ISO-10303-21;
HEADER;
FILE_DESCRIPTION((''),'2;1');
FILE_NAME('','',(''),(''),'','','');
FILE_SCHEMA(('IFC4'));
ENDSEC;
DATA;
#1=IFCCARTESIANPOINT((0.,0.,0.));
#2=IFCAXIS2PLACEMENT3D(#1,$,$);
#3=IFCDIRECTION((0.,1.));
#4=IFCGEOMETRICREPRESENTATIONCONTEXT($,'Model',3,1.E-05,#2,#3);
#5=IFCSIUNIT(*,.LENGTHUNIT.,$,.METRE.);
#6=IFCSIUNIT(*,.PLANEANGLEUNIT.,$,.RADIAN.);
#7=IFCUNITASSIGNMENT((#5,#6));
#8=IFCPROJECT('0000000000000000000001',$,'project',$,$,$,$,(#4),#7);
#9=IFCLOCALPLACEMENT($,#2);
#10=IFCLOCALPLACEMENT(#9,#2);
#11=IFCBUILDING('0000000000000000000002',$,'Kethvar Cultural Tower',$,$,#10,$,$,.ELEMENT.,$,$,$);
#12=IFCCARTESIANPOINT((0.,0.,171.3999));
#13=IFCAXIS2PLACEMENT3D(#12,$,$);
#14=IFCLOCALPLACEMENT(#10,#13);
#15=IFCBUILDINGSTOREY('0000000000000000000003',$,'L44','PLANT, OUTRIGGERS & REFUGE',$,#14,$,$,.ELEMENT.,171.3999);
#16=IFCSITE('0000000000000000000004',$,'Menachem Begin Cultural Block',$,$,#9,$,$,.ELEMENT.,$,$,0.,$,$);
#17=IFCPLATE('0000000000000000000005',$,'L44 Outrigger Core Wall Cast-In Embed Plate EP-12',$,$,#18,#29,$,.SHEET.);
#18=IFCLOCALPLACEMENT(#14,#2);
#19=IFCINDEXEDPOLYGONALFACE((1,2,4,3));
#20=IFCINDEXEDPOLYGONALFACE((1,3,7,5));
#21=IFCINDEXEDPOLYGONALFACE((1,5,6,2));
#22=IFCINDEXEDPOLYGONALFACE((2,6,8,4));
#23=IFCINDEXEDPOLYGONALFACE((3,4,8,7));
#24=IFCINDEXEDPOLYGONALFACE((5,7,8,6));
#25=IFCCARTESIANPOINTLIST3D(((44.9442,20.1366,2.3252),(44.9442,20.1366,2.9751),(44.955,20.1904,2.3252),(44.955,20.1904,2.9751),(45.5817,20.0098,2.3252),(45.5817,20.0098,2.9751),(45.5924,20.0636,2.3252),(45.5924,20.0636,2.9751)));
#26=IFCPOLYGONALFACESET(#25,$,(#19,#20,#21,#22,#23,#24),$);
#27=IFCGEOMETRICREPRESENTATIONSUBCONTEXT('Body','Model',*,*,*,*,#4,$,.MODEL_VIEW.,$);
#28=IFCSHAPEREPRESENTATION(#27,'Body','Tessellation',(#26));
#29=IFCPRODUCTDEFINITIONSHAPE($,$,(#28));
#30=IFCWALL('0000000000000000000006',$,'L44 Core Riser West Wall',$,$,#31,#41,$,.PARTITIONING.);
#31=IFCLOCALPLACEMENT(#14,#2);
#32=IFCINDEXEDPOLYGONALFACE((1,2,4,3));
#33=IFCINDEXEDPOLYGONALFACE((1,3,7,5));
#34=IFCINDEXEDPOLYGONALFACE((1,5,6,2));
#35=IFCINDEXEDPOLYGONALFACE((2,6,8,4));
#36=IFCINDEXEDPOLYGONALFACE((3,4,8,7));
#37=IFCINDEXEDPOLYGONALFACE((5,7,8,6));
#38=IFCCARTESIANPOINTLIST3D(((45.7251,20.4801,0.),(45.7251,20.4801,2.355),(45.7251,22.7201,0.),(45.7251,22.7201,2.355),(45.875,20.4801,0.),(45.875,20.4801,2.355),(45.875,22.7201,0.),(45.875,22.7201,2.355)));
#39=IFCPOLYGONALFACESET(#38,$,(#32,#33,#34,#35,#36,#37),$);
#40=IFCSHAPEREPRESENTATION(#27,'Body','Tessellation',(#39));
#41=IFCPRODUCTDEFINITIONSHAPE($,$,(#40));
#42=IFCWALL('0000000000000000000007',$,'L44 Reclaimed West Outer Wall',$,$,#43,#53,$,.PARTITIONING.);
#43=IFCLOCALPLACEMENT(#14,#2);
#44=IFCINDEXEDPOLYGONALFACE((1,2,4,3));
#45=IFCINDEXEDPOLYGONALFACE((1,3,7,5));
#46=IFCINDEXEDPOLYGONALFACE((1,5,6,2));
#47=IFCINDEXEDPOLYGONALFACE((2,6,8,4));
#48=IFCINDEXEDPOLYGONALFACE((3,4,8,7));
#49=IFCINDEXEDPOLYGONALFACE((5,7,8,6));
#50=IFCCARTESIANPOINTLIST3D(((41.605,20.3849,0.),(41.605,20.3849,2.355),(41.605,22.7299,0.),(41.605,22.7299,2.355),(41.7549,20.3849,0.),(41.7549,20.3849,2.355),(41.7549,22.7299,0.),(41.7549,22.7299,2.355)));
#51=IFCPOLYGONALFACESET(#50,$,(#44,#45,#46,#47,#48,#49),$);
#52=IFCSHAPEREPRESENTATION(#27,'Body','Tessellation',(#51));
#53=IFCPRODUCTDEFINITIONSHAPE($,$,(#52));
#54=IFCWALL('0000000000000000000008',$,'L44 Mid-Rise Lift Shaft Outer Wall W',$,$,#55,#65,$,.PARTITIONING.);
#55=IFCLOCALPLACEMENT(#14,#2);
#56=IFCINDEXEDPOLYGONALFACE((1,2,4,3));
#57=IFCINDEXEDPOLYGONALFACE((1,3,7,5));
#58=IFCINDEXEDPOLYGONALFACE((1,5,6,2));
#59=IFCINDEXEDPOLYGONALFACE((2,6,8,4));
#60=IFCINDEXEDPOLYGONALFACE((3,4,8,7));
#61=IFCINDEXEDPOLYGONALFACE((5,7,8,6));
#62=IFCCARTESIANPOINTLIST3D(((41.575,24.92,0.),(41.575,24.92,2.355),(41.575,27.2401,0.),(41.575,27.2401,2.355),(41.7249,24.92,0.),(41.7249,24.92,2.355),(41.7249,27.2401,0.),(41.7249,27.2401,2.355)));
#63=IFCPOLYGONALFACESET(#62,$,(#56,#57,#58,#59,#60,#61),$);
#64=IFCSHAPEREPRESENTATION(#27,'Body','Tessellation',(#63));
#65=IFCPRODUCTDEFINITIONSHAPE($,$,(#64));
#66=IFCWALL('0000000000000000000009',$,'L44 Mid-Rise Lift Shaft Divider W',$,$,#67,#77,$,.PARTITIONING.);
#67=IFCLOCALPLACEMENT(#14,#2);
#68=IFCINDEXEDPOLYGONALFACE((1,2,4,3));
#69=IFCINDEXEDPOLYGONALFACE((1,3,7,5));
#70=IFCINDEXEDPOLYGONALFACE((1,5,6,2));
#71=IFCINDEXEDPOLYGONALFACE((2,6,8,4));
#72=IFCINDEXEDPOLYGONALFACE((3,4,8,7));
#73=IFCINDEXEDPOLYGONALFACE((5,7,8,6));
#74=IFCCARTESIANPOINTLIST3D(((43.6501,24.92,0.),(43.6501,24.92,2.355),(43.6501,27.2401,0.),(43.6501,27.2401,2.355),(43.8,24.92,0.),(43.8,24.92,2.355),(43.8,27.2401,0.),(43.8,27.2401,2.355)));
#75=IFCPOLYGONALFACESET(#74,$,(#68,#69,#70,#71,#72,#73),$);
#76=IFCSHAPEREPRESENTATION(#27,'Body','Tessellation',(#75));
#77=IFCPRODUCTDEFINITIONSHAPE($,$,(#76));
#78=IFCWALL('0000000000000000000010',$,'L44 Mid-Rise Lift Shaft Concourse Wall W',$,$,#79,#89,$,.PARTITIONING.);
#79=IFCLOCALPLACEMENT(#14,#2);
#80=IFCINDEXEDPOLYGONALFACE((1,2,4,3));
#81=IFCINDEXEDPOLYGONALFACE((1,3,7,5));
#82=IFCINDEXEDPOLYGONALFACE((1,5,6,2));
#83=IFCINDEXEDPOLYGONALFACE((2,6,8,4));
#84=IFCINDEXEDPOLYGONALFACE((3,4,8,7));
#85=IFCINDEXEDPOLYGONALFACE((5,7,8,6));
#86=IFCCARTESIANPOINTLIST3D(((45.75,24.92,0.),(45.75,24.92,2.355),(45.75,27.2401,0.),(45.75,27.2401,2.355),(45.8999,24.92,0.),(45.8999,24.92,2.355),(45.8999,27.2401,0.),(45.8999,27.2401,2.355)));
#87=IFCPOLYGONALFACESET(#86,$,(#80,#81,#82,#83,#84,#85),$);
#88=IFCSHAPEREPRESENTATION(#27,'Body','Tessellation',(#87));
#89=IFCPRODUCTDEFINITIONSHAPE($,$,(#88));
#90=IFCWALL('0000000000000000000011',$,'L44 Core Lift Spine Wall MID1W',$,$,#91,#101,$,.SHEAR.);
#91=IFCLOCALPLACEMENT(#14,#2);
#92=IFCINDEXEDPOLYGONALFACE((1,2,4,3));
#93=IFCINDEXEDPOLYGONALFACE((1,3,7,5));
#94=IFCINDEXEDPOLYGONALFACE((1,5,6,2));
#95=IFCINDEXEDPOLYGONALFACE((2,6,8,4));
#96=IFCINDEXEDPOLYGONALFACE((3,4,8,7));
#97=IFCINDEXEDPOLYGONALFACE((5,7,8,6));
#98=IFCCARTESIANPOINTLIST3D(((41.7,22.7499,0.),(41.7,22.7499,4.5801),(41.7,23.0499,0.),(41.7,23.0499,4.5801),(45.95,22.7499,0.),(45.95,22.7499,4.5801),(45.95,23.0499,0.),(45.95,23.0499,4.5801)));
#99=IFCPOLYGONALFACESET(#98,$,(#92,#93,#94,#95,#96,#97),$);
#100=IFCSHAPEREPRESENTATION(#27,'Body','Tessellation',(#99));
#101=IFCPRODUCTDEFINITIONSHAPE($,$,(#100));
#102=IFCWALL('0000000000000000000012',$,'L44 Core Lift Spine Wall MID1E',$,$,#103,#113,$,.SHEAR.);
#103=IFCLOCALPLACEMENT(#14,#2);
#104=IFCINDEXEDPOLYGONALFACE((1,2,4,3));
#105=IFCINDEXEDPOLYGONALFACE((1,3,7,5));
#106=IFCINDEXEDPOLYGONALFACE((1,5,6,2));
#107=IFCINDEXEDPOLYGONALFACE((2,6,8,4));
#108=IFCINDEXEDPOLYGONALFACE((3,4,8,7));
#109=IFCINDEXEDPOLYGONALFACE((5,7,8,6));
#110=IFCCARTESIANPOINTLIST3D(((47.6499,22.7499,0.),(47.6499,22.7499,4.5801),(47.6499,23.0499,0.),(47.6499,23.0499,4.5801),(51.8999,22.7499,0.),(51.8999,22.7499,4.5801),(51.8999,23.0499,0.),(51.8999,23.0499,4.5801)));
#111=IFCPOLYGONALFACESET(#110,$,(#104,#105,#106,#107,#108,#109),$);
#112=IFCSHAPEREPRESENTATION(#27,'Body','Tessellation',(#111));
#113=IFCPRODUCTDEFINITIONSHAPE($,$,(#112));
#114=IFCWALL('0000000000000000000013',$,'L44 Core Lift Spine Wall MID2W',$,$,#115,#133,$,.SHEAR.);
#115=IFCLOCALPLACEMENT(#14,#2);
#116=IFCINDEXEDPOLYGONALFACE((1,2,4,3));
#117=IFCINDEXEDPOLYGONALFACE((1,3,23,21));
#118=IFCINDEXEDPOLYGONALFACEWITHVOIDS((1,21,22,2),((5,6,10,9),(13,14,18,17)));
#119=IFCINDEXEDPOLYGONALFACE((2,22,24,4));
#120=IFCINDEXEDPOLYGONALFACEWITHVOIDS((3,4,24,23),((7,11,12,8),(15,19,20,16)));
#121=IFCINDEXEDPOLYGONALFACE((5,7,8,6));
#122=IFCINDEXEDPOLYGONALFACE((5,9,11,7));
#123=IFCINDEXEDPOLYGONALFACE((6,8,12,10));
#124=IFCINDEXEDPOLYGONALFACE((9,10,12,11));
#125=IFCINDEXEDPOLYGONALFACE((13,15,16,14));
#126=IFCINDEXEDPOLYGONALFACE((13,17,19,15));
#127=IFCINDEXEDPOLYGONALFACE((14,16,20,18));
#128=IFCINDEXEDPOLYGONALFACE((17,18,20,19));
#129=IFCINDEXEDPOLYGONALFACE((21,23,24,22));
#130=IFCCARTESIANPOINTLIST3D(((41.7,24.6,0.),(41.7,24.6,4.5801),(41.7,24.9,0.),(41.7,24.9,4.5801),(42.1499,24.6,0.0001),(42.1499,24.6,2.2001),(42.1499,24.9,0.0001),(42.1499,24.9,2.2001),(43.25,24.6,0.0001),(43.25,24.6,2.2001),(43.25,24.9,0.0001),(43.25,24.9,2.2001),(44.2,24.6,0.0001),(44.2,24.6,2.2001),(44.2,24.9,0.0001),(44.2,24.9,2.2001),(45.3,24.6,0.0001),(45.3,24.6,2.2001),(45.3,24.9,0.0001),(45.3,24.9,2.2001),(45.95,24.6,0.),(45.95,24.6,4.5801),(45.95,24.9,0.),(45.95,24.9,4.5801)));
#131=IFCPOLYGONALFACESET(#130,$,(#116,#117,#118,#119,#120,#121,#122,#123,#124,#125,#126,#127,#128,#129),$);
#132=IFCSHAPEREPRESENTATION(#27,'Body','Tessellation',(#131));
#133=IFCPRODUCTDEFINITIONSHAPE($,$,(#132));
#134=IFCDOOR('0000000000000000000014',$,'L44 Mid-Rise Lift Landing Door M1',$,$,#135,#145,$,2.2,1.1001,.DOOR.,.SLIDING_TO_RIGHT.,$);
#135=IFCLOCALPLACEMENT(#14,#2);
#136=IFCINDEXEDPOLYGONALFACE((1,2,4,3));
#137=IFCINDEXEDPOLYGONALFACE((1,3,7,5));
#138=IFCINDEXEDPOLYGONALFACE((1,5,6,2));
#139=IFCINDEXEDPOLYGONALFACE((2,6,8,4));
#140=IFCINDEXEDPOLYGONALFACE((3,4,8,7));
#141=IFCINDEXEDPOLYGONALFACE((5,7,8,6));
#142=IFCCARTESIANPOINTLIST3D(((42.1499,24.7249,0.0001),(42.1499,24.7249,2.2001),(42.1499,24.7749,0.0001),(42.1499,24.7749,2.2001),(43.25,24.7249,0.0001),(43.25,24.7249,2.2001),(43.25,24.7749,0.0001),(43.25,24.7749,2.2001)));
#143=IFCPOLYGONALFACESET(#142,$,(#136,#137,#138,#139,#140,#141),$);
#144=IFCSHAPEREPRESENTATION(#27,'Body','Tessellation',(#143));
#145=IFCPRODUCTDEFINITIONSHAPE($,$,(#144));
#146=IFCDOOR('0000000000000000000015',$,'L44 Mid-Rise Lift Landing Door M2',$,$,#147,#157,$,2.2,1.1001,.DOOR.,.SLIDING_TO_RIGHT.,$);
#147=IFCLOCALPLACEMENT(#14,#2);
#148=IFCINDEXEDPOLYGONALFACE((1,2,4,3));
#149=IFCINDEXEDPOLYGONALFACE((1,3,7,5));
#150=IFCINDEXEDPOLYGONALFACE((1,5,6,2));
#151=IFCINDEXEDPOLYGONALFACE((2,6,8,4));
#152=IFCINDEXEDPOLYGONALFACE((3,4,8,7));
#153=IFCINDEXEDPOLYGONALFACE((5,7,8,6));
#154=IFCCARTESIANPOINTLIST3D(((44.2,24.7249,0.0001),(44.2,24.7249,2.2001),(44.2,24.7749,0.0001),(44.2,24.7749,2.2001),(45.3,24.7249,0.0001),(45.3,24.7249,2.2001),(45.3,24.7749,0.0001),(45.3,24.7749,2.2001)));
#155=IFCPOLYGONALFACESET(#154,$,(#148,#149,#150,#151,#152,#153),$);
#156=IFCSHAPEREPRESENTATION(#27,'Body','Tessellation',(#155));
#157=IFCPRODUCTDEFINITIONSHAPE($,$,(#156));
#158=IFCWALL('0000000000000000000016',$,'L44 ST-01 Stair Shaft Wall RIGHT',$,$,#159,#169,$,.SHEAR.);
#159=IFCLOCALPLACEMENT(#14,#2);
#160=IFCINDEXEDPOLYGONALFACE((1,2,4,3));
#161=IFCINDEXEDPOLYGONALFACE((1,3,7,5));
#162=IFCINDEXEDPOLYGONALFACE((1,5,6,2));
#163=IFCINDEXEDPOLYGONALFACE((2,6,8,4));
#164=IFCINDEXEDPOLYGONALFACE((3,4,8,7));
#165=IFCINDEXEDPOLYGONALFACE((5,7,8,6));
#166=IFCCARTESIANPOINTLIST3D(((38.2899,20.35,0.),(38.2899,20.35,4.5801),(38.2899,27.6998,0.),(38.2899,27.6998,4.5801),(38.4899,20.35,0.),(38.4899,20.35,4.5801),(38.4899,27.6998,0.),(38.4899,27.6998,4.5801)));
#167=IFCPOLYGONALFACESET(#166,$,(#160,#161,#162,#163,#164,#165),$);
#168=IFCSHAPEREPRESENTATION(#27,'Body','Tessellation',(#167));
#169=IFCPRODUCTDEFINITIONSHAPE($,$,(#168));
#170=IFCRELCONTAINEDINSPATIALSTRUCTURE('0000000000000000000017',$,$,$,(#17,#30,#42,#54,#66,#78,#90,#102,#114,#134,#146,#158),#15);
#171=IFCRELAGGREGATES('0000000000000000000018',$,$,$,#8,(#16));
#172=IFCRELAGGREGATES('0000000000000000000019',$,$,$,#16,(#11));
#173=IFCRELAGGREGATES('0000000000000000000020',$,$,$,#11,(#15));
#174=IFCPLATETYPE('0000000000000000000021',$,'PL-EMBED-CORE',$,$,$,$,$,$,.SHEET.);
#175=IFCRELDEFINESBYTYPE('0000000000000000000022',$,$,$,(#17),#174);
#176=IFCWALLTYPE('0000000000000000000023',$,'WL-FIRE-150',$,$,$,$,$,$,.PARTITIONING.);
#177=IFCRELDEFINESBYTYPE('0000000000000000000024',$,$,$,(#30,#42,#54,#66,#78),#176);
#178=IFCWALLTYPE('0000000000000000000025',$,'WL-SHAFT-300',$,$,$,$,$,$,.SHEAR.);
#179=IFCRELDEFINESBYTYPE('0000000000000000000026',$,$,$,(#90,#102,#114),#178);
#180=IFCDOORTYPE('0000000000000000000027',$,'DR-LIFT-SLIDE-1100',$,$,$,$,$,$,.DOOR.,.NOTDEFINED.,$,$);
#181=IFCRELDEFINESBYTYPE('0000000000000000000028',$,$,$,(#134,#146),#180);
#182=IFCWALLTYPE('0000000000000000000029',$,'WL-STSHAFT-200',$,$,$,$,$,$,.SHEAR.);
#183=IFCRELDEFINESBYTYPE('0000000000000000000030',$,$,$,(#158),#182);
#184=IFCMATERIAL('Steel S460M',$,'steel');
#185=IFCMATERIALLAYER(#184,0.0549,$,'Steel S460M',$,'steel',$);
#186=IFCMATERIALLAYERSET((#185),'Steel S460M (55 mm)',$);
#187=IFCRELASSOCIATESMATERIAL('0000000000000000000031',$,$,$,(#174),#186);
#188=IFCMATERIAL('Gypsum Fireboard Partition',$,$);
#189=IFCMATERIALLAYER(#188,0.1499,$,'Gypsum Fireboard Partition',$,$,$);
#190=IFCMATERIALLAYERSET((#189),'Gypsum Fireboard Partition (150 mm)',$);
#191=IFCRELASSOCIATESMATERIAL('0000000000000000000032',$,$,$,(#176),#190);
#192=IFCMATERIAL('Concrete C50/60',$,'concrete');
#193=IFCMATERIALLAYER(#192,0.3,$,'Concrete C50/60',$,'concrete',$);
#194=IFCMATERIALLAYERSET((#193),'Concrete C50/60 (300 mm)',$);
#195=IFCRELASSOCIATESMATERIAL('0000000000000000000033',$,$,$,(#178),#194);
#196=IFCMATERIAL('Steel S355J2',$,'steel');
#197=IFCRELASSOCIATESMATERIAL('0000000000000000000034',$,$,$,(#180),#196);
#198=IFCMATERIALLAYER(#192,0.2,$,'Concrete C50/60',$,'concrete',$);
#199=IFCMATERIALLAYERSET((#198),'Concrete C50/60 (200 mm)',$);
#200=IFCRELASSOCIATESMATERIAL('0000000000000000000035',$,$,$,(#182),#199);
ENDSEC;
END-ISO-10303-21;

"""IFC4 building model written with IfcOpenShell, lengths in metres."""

from ifc_helpers import new_model, si_unit, direction, frame, frame_2d, origin, origin_2d, place, context, subcontext, project, spatial, rectangle, extrude, source, transform, mapped, material, layer, layer_set, type_object, element, fill, save


model = new_model("IFC4")

# Units and contexts
model_context = context("Model", 3, precision=1e-05, world=origin(), true_north=direction((0.0, 1.0)))
body_context = subcontext(model_context, "Body", "Model", "MODEL_VIEW")
ifc_project = project(units=[si_unit("LENGTHUNIT", "METRE"), si_unit("PLANEANGLEUNIT", "RADIAN")], contexts=[model_context])

# Site, building, storey
site_placement = place(None, origin())
site = spatial("IfcSite", under=ifc_project, at=site_placement, Name="Menachem Begin Cultural Block", CompositionType="ELEMENT", RefElevation=0.0)
building_placement = place(site_placement, origin())
building = spatial("IfcBuilding", under=site, at=building_placement, Name="Kethvar Cultural Tower", CompositionType="ELEMENT")
storey_placement = place(building_placement, frame((0.0, 0.0, 171.3999)))
storey = spatial("IfcBuildingStorey", under=building, at=storey_placement, Name="L44", Description="PLANT, OUTRIGGERS & REFUGE", CompositionType="ELEMENT", Elevation=171.3999)

# Shared definitions
ifc_material_1 = material(Name="Steel S460M", Category="steel")

# Plate
ifc_layer_1 = layer(ifc_material_1, 0.0549, Name="Steel S460M", Category="steel")
ifc_layer_set_1 = layer_set([ifc_layer_1], Name="Steel S460M (55 mm)")
plate_type = type_object("IfcPlateType", Name="PL-EMBED-CORE", PredefinedType="SHEET", material=ifc_layer_set_1)
shared_shape_1 = source(origin(), body_context, "Body", "SweptSolid", [
    extrude(rectangle(XDim=0.0549, YDim=0.6499, at=origin_2d()), origin(), (0.0, 0.0, 1.0), 0.6499),
])
for number, where, z_axis, x_axis, name in (
    (1, (45.2683, 20.1001, 2.3252), (0.0, 0.0, 1.0), (-0.19509, -0.980785, 0.0), "L44 Outrigger Core Wall Cast-In Embed Plate EP-12"),
):
    element("IfcPlate", number, at=place(storey_placement, frame(where, z_axis=z_axis, x_axis=x_axis)), inside=storey, type_object=plate_type, Name=name, PredefinedType="SHEET", context=body_context, shape_type="MappedRepresentation", body=[
        mapped(shared_shape_1, transform((0.0, 0.0, 0.0), scale=1.0)),
    ])

# Shared definitions
ifc_material_2 = material(Name="Gypsum Fireboard Partition")
ifc_layer_2 = layer(ifc_material_2, 0.1499, Name="Gypsum Fireboard Partition")
ifc_layer_set_2 = layer_set([ifc_layer_2], Name="Gypsum Fireboard Partition (150 mm)")
wall_type_1 = type_object("IfcWallType", Name="WL-FIRE-150", PredefinedType="PARTITIONING", material=ifc_layer_set_2)
ifc_material_3 = material(Name="Steel S355J2", Category="steel")

# Walls
wall_1_placement = place(storey_placement, frame((45.8, 20.48, 0.0), z_axis=(0.0, 0.0, 1.0), x_axis=(0.0, 1.0, 0.0)))
element("IfcWall", 2, at=wall_1_placement, inside=storey, type_object=wall_type_1, Name="L44 Core Riser West Wall", PredefinedType="PARTITIONING", context=body_context, shape_type="SweptSolid", body=[
    extrude(rectangle(XDim=2.24, YDim=0.1499, at=frame_2d((1.1201, 0.0))), origin(), (0.0, 0.0, 1.0), 2.355),
])
wall_2_placement = place(storey_placement, frame((41.6799, 20.385, 0.0), z_axis=(0.0, 0.0, 1.0), x_axis=(0.0, 1.0, 0.0)))
element("IfcWall", 3, at=wall_2_placement, inside=storey, type_object=wall_type_1, Name="L44 Reclaimed West Outer Wall", PredefinedType="PARTITIONING", context=body_context, shape_type="SweptSolid", body=[
    extrude(rectangle(XDim=2.345, YDim=0.1499, at=frame_2d((1.1724, 0.0))), origin(), (0.0, 0.0, 1.0), 2.355),
])
for number, where, z_axis, x_axis, name in (
    (4, (41.6499, 24.9199, 0.0), (0.0, 0.0, 1.0), (0.0, 1.0, 0.0), "L44 Mid-Rise Lift Shaft Outer Wall W"),
    (5, (43.7251, 24.9199, 0.0), (0.0, 0.0, 1.0), (0.0, 1.0, 0.0), "L44 Mid-Rise Lift Shaft Divider W"),
    (6, (45.825, 24.9199, 0.0), (0.0, 0.0, 1.0), (0.0, 1.0, 0.0), "L44 Mid-Rise Lift Shaft Concourse Wall W"),
):
    element("IfcWall", number, at=place(storey_placement, frame(where, z_axis=z_axis, x_axis=x_axis)), inside=storey, type_object=wall_type_1, Name=name, PredefinedType="PARTITIONING", context=body_context, shape_type="SweptSolid", body=[
        extrude(rectangle(XDim=2.3201, YDim=0.1499, at=frame_2d((1.1602, 0.0))), origin(), (0.0, 0.0, 1.0), 2.355),
    ])
ifc_material_4 = material(Name="Concrete C50/60", Category="concrete")
ifc_layer_3 = layer(ifc_material_4, 0.3, Name="Concrete C50/60", Category="concrete")
ifc_layer_set_3 = layer_set([ifc_layer_3], Name="Concrete C50/60 (300 mm)")
wall_type_2 = type_object("IfcWallType", Name="WL-SHAFT-300", PredefinedType="SHEAR", material=ifc_layer_set_3)
for number, where, z_axis, x_axis, name in (
    (7, (41.7, 22.8999, 0.0), (0.0, 0.0, 1.0), (1.0, 0.0, 0.0), "L44 Core Lift Spine Wall MID1W"),
    (8, (47.6499, 22.8999, 0.0), (0.0, 0.0, 1.0), (1.0, 0.0, 0.0), "L44 Core Lift Spine Wall MID1E"),
):
    element("IfcWall", number, at=place(storey_placement, frame(where, z_axis=z_axis, x_axis=x_axis)), inside=storey, type_object=wall_type_2, Name=name, PredefinedType="SHEAR", context=body_context, shape_type="SweptSolid", body=[
        extrude(rectangle(XDim=4.25, YDim=0.3, at=frame_2d((2.125, 0.0))), origin(), (0.0, 0.0, 1.0), 4.5801),
    ])

# Wall, openings, doors
wall_3_placement = place(storey_placement, frame((41.7, 24.75, 0.0), z_axis=(0.0, 0.0, 1.0), x_axis=(1.0, 0.0, 0.0)))
wall_3 = element("IfcWall", 9, at=wall_3_placement, inside=storey, type_object=wall_type_2, Name="L44 Core Lift Spine Wall MID2W", PredefinedType="SHEAR", context=body_context, shape_type="SweptSolid", body=[
    extrude(rectangle(XDim=4.25, YDim=0.3, at=frame_2d((2.125, 0.0))), origin(), (0.0, 0.0, 1.0), 4.5801),
])
opening_1_placement = place(wall_3_placement, frame((0.45, 0.0, 0.0)))
opening_1 = element("IfcOpeningElement", 10, at=opening_1_placement, cuts=wall_3, PredefinedType="OPENING", context=body_context, shape_type="SweptSolid", body=[
    extrude(rectangle(XDim=1.1001, YDim=2.2, at=frame_2d((0.55, 1.1001))), frame((0.0, 0.1599, 0.0), z_axis=(0.0, -1.0, 0.0), x_axis=(1.0, 0.0, 0.0)), (0.0, 0.0, 1.0), 0.3201),
])
opening_2_placement = place(wall_3_placement, frame((2.5, 0.0, 0.0)))
opening_2 = element("IfcOpeningElement", 11, at=opening_2_placement, cuts=wall_3, PredefinedType="OPENING", context=body_context, shape_type="SweptSolid", body=[
    extrude(rectangle(XDim=1.1001, YDim=2.2, at=frame_2d((0.55, 1.1001))), frame((0.0, 0.1599, 0.0), z_axis=(0.0, -1.0, 0.0), x_axis=(1.0, 0.0, 0.0)), (0.0, 0.0, 1.0), 0.3201),
])
door_type_1 = type_object("IfcDoorType", Name="DR-LIFT-SLIDE-1100", OperationType="NOTDEFINED", PredefinedType="DOOR", material=ifc_material_3)
shared_shape_2 = source(origin(), body_context, "Body", "SweptSolid", [
    extrude(rectangle(XDim=1.1001, YDim=2.2, at=frame_2d((0.55, 1.1001))), frame((0.0, 0.0249, 0.0), z_axis=(0.0, -1.0, 0.0), x_axis=(1.0, 0.0, 0.0)), (0.0, 0.0, 1.0), 0.05),
])
door_1_placement = place(opening_1_placement, origin())
door_1 = element("IfcDoor", 12, at=door_1_placement, inside=storey, type_object=door_type_1, Name="L44 Mid-Rise Lift Landing Door M1", OperationType="SLIDING_TO_RIGHT", OverallHeight=2.2, OverallWidth=1.1001, PredefinedType="DOOR", context=body_context, shape_type="MappedRepresentation", body=[
    mapped(shared_shape_2, transform((0.0, 0.0, 0.0), scale=1.0)),
])
fill(opening_1, door_1)
door_2_placement = place(opening_2_placement, origin())
door_2 = element("IfcDoor", 13, at=door_2_placement, inside=storey, type_object=door_type_1, Name="L44 Mid-Rise Lift Landing Door M2", OperationType="SLIDING_TO_RIGHT", OverallHeight=2.2, OverallWidth=1.1001, PredefinedType="DOOR", context=body_context, shape_type="MappedRepresentation", body=[
    mapped(shared_shape_2, transform((0.0, 0.0, 0.0), scale=1.0)),
])
fill(opening_2, door_2)

# Wall
ifc_layer_4 = layer(ifc_material_4, 0.2, Name="Concrete C50/60", Category="concrete")
ifc_layer_set_4 = layer_set([ifc_layer_4], Name="Concrete C50/60 (200 mm)")
wall_type_3 = type_object("IfcWallType", Name="WL-STSHAFT-200", PredefinedType="SHEAR", material=ifc_layer_set_4)
wall_4_placement = place(storey_placement, frame((38.3899, 20.3501, 0.0), z_axis=(0.0, 0.0, 1.0), x_axis=(0.0, 1.0, 0.0)))
element("IfcWall", 14, at=wall_4_placement, inside=storey, type_object=wall_type_3, Name="L44 ST-01 Stair Shaft Wall RIGHT", PredefinedType="SHEAR", context=body_context, shape_type="SweptSolid", body=[
    extrude(rectangle(XDim=7.3499, YDim=0.2, at=frame_2d((3.6748, 0.0))), origin(), (0.0, 0.0, 1.0), 4.5801),
])

save(model, "model.ifc")
